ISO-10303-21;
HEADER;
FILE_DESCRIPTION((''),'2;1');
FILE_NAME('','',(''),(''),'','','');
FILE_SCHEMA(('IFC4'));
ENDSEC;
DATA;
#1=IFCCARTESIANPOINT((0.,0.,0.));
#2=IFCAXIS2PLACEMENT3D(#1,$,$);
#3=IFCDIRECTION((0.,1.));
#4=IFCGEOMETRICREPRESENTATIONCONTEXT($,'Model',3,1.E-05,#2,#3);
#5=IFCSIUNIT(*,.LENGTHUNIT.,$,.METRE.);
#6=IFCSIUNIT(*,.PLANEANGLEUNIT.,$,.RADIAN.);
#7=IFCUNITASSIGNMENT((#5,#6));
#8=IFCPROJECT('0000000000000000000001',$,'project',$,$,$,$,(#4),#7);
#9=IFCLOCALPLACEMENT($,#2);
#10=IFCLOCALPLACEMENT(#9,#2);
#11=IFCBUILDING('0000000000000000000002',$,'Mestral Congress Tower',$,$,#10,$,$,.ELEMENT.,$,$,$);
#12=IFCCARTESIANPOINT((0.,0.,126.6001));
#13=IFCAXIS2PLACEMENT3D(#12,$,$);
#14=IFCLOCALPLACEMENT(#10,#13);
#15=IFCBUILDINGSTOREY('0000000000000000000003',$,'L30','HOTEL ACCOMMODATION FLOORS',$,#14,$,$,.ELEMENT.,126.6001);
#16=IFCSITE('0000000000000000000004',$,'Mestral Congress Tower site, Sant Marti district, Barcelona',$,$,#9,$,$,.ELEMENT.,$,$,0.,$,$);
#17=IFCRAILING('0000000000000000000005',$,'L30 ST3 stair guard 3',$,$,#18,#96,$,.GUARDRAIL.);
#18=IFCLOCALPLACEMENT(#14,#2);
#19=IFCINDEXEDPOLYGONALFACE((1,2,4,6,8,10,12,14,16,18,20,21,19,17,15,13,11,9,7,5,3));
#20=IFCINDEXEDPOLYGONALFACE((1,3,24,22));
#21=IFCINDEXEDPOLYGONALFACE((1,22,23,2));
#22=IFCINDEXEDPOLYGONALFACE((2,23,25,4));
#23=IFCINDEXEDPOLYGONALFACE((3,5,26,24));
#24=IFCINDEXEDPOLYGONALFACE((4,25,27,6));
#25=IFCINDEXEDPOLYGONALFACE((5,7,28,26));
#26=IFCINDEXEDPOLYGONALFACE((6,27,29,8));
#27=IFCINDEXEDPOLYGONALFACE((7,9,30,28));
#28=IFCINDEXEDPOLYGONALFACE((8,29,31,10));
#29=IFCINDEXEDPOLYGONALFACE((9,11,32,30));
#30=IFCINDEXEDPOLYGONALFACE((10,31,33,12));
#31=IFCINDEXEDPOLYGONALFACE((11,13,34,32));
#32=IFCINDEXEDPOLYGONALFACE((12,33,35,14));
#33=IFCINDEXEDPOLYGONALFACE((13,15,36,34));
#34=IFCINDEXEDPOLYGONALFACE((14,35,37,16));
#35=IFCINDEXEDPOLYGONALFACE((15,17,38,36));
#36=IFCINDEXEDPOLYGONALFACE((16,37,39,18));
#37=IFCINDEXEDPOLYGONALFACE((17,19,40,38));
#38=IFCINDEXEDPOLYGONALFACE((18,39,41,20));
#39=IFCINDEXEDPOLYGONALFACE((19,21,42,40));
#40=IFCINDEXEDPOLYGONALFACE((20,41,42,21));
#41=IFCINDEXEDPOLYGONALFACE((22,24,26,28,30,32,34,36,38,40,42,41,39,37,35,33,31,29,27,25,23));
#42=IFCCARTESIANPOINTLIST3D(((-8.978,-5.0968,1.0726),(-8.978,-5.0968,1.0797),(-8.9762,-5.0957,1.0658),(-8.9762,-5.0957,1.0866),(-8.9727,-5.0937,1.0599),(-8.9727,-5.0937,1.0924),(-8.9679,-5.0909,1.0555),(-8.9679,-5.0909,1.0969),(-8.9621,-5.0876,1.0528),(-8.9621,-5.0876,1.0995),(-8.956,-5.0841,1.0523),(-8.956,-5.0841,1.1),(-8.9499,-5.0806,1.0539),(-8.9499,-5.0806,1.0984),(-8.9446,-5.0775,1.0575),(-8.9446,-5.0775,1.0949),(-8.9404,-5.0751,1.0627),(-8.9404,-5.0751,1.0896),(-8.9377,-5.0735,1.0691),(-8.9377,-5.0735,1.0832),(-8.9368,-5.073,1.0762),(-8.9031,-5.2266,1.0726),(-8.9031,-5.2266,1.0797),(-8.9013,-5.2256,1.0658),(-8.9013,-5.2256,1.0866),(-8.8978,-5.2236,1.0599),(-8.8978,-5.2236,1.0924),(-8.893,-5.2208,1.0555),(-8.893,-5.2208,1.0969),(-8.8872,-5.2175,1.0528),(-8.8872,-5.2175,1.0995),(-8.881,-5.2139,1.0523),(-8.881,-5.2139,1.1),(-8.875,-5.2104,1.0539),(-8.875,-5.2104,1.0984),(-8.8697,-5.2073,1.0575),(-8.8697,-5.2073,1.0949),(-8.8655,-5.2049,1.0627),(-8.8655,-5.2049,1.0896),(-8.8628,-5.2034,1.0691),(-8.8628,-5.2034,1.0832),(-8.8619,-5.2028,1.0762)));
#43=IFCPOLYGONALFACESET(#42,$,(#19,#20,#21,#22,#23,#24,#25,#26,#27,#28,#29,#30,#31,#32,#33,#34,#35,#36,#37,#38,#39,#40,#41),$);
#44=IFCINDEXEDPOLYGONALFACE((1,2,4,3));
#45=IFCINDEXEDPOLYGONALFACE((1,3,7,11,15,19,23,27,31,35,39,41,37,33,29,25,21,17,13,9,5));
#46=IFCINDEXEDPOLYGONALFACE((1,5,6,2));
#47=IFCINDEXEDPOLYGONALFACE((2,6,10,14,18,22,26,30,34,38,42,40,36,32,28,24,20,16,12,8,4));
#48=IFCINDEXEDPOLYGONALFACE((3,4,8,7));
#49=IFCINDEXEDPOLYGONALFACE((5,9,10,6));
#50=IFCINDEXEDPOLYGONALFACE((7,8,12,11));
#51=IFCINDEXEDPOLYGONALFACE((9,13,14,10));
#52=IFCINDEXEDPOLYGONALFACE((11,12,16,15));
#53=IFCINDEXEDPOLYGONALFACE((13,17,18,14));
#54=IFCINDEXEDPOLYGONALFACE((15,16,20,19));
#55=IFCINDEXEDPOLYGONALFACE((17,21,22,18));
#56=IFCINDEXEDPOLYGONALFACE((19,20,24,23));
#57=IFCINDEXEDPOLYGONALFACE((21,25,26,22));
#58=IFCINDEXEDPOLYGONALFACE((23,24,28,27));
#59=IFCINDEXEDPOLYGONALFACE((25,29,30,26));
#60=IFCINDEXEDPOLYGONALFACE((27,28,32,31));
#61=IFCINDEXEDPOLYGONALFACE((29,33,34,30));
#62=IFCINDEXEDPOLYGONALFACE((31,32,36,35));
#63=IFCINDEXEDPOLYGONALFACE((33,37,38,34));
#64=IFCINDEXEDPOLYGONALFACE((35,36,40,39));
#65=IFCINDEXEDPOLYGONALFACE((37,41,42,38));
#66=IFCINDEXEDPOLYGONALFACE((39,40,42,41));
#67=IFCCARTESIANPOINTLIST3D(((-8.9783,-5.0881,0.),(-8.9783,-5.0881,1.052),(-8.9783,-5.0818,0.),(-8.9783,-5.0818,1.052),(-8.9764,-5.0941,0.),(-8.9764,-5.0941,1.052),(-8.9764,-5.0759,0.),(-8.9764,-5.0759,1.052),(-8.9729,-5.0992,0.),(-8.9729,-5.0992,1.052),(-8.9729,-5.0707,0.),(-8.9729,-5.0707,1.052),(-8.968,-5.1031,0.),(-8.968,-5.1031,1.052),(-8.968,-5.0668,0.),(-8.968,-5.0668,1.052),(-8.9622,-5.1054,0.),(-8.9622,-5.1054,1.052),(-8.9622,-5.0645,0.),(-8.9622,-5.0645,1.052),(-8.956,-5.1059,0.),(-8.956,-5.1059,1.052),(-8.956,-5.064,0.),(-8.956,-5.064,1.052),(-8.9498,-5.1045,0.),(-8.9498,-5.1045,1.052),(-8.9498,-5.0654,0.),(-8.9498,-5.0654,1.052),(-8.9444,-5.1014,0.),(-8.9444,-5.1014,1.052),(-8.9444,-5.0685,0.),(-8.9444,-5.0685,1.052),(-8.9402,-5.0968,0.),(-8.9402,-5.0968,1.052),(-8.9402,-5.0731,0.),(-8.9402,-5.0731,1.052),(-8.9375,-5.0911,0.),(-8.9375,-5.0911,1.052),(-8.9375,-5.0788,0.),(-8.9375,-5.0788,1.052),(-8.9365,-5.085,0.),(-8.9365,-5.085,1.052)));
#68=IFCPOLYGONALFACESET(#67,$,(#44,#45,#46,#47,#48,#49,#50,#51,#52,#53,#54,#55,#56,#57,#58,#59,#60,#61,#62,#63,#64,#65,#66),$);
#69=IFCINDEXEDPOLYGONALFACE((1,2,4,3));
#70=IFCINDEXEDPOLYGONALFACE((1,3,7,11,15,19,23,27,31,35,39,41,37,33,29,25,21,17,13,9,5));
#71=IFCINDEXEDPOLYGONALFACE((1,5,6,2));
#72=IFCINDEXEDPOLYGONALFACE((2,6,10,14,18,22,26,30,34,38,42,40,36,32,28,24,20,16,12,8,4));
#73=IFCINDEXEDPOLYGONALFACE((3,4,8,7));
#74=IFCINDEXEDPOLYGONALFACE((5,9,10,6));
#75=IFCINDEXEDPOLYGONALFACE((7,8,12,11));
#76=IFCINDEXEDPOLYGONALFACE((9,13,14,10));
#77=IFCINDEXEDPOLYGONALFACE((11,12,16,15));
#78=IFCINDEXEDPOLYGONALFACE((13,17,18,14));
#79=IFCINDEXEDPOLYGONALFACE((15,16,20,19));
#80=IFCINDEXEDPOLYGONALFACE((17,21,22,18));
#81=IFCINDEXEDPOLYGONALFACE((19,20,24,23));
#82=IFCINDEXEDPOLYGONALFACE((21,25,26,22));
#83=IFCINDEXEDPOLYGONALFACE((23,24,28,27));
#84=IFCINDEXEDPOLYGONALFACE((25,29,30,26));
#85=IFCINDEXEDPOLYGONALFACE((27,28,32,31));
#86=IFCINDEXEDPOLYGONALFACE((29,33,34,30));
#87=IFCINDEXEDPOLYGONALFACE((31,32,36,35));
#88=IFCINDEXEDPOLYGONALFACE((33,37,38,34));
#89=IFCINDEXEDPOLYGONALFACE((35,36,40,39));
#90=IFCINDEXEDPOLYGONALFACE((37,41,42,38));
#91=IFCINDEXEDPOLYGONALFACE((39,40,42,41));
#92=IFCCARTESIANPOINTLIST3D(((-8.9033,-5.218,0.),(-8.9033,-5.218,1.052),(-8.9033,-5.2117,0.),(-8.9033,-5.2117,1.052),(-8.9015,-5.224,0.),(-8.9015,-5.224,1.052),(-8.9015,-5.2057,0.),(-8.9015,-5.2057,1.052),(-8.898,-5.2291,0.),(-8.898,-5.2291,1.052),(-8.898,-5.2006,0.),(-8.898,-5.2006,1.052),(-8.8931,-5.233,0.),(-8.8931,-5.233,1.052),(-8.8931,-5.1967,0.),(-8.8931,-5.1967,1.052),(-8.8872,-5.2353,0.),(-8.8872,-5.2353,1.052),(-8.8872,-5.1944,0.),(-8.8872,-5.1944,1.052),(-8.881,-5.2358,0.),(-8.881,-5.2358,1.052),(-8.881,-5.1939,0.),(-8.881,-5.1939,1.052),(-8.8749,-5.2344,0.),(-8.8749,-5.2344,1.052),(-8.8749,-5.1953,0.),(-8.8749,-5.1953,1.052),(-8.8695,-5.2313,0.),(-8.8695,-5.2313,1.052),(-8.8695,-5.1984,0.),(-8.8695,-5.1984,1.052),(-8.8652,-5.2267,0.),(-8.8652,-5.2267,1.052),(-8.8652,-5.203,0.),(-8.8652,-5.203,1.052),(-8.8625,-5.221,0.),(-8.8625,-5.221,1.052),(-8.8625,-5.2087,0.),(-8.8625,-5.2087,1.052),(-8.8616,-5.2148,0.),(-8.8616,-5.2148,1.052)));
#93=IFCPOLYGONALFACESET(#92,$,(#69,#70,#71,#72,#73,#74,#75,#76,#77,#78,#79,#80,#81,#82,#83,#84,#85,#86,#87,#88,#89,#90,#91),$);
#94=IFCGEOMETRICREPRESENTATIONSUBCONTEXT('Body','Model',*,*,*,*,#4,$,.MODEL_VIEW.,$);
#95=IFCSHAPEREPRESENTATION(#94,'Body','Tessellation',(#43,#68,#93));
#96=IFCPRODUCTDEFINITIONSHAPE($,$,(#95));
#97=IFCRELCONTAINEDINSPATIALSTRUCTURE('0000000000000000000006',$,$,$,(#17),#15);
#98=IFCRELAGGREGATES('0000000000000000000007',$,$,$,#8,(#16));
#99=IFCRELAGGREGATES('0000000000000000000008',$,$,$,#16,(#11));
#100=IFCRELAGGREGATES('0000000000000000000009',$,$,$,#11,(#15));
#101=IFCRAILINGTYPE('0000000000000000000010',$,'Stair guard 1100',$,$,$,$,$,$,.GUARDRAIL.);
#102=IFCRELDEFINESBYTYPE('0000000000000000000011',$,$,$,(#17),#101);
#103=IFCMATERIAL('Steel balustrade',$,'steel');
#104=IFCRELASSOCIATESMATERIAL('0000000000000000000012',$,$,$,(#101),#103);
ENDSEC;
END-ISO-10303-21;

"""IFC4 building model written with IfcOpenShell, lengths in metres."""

from ifc_helpers import new_model, si_unit, direction, frame, origin, origin_2d, place, context, subcontext, project, spatial, circle, extrude, material, type_object, element, save


model = new_model("IFC4")

# Units and contexts
model_context = context("Model", 3, precision=1e-05, world=origin(), true_north=direction((0.0, 1.0)))
body_context = subcontext(model_context, "Body", "Model", "MODEL_VIEW")
ifc_project = project(units=[si_unit("LENGTHUNIT", "METRE"), si_unit("PLANEANGLEUNIT", "RADIAN")], contexts=[model_context])

# Site, building, storey
site_placement = place(None, origin())
site = spatial("IfcSite", under=ifc_project, at=site_placement, Name="Mestral Congress Tower site, Sant Marti district, Barcelona", CompositionType="ELEMENT", RefElevation=0.0)
building_placement = place(site_placement, origin())
building = spatial("IfcBuilding", under=site, at=building_placement, Name="Mestral Congress Tower", CompositionType="ELEMENT")
storey_placement = place(building_placement, frame((0.0, 0.0, 126.6001)))
storey = spatial("IfcBuildingStorey", under=building, at=storey_placement, Name="L30", Description="HOTEL ACCOMMODATION FLOORS", CompositionType="ELEMENT", Elevation=126.6001)

# Railing
ifc_material_1 = material(Name="Steel balustrade", Category="steel")
railing_type_1 = type_object("IfcRailingType", Name="Stair guard 1100", PredefinedType="GUARDRAIL", material=ifc_material_1)
railing_1_placement = place(storey_placement, frame((-8.9575, -5.085, 0.0)))
element("IfcRailing", 1, at=railing_1_placement, inside=storey, type_object=railing_type_1, Name="L30 ST3 stair guard 3", PredefinedType="GUARDRAIL", context=body_context, shape_type="SweptSolid", body=[
    extrude(circle(Radius=0.0239, at=origin_2d()), frame((0.0, 0.0, 1.0762), z_axis=(0.499816, -0.866131, 0.0), x_axis=(0.866131, 0.499816, 0.0)), (0.0, 0.0, 1.0), 0.1499),
    extrude(circle(Radius=0.021, at=origin_2d()), origin(), (0.0, 0.0, 1.0), 1.052),
    extrude(circle(Radius=0.021, at=origin_2d()), frame((0.075, -0.1299, 0.0)), (0.0, 0.0, 1.0), 1.052),
])

save(model, "model.ifc")
